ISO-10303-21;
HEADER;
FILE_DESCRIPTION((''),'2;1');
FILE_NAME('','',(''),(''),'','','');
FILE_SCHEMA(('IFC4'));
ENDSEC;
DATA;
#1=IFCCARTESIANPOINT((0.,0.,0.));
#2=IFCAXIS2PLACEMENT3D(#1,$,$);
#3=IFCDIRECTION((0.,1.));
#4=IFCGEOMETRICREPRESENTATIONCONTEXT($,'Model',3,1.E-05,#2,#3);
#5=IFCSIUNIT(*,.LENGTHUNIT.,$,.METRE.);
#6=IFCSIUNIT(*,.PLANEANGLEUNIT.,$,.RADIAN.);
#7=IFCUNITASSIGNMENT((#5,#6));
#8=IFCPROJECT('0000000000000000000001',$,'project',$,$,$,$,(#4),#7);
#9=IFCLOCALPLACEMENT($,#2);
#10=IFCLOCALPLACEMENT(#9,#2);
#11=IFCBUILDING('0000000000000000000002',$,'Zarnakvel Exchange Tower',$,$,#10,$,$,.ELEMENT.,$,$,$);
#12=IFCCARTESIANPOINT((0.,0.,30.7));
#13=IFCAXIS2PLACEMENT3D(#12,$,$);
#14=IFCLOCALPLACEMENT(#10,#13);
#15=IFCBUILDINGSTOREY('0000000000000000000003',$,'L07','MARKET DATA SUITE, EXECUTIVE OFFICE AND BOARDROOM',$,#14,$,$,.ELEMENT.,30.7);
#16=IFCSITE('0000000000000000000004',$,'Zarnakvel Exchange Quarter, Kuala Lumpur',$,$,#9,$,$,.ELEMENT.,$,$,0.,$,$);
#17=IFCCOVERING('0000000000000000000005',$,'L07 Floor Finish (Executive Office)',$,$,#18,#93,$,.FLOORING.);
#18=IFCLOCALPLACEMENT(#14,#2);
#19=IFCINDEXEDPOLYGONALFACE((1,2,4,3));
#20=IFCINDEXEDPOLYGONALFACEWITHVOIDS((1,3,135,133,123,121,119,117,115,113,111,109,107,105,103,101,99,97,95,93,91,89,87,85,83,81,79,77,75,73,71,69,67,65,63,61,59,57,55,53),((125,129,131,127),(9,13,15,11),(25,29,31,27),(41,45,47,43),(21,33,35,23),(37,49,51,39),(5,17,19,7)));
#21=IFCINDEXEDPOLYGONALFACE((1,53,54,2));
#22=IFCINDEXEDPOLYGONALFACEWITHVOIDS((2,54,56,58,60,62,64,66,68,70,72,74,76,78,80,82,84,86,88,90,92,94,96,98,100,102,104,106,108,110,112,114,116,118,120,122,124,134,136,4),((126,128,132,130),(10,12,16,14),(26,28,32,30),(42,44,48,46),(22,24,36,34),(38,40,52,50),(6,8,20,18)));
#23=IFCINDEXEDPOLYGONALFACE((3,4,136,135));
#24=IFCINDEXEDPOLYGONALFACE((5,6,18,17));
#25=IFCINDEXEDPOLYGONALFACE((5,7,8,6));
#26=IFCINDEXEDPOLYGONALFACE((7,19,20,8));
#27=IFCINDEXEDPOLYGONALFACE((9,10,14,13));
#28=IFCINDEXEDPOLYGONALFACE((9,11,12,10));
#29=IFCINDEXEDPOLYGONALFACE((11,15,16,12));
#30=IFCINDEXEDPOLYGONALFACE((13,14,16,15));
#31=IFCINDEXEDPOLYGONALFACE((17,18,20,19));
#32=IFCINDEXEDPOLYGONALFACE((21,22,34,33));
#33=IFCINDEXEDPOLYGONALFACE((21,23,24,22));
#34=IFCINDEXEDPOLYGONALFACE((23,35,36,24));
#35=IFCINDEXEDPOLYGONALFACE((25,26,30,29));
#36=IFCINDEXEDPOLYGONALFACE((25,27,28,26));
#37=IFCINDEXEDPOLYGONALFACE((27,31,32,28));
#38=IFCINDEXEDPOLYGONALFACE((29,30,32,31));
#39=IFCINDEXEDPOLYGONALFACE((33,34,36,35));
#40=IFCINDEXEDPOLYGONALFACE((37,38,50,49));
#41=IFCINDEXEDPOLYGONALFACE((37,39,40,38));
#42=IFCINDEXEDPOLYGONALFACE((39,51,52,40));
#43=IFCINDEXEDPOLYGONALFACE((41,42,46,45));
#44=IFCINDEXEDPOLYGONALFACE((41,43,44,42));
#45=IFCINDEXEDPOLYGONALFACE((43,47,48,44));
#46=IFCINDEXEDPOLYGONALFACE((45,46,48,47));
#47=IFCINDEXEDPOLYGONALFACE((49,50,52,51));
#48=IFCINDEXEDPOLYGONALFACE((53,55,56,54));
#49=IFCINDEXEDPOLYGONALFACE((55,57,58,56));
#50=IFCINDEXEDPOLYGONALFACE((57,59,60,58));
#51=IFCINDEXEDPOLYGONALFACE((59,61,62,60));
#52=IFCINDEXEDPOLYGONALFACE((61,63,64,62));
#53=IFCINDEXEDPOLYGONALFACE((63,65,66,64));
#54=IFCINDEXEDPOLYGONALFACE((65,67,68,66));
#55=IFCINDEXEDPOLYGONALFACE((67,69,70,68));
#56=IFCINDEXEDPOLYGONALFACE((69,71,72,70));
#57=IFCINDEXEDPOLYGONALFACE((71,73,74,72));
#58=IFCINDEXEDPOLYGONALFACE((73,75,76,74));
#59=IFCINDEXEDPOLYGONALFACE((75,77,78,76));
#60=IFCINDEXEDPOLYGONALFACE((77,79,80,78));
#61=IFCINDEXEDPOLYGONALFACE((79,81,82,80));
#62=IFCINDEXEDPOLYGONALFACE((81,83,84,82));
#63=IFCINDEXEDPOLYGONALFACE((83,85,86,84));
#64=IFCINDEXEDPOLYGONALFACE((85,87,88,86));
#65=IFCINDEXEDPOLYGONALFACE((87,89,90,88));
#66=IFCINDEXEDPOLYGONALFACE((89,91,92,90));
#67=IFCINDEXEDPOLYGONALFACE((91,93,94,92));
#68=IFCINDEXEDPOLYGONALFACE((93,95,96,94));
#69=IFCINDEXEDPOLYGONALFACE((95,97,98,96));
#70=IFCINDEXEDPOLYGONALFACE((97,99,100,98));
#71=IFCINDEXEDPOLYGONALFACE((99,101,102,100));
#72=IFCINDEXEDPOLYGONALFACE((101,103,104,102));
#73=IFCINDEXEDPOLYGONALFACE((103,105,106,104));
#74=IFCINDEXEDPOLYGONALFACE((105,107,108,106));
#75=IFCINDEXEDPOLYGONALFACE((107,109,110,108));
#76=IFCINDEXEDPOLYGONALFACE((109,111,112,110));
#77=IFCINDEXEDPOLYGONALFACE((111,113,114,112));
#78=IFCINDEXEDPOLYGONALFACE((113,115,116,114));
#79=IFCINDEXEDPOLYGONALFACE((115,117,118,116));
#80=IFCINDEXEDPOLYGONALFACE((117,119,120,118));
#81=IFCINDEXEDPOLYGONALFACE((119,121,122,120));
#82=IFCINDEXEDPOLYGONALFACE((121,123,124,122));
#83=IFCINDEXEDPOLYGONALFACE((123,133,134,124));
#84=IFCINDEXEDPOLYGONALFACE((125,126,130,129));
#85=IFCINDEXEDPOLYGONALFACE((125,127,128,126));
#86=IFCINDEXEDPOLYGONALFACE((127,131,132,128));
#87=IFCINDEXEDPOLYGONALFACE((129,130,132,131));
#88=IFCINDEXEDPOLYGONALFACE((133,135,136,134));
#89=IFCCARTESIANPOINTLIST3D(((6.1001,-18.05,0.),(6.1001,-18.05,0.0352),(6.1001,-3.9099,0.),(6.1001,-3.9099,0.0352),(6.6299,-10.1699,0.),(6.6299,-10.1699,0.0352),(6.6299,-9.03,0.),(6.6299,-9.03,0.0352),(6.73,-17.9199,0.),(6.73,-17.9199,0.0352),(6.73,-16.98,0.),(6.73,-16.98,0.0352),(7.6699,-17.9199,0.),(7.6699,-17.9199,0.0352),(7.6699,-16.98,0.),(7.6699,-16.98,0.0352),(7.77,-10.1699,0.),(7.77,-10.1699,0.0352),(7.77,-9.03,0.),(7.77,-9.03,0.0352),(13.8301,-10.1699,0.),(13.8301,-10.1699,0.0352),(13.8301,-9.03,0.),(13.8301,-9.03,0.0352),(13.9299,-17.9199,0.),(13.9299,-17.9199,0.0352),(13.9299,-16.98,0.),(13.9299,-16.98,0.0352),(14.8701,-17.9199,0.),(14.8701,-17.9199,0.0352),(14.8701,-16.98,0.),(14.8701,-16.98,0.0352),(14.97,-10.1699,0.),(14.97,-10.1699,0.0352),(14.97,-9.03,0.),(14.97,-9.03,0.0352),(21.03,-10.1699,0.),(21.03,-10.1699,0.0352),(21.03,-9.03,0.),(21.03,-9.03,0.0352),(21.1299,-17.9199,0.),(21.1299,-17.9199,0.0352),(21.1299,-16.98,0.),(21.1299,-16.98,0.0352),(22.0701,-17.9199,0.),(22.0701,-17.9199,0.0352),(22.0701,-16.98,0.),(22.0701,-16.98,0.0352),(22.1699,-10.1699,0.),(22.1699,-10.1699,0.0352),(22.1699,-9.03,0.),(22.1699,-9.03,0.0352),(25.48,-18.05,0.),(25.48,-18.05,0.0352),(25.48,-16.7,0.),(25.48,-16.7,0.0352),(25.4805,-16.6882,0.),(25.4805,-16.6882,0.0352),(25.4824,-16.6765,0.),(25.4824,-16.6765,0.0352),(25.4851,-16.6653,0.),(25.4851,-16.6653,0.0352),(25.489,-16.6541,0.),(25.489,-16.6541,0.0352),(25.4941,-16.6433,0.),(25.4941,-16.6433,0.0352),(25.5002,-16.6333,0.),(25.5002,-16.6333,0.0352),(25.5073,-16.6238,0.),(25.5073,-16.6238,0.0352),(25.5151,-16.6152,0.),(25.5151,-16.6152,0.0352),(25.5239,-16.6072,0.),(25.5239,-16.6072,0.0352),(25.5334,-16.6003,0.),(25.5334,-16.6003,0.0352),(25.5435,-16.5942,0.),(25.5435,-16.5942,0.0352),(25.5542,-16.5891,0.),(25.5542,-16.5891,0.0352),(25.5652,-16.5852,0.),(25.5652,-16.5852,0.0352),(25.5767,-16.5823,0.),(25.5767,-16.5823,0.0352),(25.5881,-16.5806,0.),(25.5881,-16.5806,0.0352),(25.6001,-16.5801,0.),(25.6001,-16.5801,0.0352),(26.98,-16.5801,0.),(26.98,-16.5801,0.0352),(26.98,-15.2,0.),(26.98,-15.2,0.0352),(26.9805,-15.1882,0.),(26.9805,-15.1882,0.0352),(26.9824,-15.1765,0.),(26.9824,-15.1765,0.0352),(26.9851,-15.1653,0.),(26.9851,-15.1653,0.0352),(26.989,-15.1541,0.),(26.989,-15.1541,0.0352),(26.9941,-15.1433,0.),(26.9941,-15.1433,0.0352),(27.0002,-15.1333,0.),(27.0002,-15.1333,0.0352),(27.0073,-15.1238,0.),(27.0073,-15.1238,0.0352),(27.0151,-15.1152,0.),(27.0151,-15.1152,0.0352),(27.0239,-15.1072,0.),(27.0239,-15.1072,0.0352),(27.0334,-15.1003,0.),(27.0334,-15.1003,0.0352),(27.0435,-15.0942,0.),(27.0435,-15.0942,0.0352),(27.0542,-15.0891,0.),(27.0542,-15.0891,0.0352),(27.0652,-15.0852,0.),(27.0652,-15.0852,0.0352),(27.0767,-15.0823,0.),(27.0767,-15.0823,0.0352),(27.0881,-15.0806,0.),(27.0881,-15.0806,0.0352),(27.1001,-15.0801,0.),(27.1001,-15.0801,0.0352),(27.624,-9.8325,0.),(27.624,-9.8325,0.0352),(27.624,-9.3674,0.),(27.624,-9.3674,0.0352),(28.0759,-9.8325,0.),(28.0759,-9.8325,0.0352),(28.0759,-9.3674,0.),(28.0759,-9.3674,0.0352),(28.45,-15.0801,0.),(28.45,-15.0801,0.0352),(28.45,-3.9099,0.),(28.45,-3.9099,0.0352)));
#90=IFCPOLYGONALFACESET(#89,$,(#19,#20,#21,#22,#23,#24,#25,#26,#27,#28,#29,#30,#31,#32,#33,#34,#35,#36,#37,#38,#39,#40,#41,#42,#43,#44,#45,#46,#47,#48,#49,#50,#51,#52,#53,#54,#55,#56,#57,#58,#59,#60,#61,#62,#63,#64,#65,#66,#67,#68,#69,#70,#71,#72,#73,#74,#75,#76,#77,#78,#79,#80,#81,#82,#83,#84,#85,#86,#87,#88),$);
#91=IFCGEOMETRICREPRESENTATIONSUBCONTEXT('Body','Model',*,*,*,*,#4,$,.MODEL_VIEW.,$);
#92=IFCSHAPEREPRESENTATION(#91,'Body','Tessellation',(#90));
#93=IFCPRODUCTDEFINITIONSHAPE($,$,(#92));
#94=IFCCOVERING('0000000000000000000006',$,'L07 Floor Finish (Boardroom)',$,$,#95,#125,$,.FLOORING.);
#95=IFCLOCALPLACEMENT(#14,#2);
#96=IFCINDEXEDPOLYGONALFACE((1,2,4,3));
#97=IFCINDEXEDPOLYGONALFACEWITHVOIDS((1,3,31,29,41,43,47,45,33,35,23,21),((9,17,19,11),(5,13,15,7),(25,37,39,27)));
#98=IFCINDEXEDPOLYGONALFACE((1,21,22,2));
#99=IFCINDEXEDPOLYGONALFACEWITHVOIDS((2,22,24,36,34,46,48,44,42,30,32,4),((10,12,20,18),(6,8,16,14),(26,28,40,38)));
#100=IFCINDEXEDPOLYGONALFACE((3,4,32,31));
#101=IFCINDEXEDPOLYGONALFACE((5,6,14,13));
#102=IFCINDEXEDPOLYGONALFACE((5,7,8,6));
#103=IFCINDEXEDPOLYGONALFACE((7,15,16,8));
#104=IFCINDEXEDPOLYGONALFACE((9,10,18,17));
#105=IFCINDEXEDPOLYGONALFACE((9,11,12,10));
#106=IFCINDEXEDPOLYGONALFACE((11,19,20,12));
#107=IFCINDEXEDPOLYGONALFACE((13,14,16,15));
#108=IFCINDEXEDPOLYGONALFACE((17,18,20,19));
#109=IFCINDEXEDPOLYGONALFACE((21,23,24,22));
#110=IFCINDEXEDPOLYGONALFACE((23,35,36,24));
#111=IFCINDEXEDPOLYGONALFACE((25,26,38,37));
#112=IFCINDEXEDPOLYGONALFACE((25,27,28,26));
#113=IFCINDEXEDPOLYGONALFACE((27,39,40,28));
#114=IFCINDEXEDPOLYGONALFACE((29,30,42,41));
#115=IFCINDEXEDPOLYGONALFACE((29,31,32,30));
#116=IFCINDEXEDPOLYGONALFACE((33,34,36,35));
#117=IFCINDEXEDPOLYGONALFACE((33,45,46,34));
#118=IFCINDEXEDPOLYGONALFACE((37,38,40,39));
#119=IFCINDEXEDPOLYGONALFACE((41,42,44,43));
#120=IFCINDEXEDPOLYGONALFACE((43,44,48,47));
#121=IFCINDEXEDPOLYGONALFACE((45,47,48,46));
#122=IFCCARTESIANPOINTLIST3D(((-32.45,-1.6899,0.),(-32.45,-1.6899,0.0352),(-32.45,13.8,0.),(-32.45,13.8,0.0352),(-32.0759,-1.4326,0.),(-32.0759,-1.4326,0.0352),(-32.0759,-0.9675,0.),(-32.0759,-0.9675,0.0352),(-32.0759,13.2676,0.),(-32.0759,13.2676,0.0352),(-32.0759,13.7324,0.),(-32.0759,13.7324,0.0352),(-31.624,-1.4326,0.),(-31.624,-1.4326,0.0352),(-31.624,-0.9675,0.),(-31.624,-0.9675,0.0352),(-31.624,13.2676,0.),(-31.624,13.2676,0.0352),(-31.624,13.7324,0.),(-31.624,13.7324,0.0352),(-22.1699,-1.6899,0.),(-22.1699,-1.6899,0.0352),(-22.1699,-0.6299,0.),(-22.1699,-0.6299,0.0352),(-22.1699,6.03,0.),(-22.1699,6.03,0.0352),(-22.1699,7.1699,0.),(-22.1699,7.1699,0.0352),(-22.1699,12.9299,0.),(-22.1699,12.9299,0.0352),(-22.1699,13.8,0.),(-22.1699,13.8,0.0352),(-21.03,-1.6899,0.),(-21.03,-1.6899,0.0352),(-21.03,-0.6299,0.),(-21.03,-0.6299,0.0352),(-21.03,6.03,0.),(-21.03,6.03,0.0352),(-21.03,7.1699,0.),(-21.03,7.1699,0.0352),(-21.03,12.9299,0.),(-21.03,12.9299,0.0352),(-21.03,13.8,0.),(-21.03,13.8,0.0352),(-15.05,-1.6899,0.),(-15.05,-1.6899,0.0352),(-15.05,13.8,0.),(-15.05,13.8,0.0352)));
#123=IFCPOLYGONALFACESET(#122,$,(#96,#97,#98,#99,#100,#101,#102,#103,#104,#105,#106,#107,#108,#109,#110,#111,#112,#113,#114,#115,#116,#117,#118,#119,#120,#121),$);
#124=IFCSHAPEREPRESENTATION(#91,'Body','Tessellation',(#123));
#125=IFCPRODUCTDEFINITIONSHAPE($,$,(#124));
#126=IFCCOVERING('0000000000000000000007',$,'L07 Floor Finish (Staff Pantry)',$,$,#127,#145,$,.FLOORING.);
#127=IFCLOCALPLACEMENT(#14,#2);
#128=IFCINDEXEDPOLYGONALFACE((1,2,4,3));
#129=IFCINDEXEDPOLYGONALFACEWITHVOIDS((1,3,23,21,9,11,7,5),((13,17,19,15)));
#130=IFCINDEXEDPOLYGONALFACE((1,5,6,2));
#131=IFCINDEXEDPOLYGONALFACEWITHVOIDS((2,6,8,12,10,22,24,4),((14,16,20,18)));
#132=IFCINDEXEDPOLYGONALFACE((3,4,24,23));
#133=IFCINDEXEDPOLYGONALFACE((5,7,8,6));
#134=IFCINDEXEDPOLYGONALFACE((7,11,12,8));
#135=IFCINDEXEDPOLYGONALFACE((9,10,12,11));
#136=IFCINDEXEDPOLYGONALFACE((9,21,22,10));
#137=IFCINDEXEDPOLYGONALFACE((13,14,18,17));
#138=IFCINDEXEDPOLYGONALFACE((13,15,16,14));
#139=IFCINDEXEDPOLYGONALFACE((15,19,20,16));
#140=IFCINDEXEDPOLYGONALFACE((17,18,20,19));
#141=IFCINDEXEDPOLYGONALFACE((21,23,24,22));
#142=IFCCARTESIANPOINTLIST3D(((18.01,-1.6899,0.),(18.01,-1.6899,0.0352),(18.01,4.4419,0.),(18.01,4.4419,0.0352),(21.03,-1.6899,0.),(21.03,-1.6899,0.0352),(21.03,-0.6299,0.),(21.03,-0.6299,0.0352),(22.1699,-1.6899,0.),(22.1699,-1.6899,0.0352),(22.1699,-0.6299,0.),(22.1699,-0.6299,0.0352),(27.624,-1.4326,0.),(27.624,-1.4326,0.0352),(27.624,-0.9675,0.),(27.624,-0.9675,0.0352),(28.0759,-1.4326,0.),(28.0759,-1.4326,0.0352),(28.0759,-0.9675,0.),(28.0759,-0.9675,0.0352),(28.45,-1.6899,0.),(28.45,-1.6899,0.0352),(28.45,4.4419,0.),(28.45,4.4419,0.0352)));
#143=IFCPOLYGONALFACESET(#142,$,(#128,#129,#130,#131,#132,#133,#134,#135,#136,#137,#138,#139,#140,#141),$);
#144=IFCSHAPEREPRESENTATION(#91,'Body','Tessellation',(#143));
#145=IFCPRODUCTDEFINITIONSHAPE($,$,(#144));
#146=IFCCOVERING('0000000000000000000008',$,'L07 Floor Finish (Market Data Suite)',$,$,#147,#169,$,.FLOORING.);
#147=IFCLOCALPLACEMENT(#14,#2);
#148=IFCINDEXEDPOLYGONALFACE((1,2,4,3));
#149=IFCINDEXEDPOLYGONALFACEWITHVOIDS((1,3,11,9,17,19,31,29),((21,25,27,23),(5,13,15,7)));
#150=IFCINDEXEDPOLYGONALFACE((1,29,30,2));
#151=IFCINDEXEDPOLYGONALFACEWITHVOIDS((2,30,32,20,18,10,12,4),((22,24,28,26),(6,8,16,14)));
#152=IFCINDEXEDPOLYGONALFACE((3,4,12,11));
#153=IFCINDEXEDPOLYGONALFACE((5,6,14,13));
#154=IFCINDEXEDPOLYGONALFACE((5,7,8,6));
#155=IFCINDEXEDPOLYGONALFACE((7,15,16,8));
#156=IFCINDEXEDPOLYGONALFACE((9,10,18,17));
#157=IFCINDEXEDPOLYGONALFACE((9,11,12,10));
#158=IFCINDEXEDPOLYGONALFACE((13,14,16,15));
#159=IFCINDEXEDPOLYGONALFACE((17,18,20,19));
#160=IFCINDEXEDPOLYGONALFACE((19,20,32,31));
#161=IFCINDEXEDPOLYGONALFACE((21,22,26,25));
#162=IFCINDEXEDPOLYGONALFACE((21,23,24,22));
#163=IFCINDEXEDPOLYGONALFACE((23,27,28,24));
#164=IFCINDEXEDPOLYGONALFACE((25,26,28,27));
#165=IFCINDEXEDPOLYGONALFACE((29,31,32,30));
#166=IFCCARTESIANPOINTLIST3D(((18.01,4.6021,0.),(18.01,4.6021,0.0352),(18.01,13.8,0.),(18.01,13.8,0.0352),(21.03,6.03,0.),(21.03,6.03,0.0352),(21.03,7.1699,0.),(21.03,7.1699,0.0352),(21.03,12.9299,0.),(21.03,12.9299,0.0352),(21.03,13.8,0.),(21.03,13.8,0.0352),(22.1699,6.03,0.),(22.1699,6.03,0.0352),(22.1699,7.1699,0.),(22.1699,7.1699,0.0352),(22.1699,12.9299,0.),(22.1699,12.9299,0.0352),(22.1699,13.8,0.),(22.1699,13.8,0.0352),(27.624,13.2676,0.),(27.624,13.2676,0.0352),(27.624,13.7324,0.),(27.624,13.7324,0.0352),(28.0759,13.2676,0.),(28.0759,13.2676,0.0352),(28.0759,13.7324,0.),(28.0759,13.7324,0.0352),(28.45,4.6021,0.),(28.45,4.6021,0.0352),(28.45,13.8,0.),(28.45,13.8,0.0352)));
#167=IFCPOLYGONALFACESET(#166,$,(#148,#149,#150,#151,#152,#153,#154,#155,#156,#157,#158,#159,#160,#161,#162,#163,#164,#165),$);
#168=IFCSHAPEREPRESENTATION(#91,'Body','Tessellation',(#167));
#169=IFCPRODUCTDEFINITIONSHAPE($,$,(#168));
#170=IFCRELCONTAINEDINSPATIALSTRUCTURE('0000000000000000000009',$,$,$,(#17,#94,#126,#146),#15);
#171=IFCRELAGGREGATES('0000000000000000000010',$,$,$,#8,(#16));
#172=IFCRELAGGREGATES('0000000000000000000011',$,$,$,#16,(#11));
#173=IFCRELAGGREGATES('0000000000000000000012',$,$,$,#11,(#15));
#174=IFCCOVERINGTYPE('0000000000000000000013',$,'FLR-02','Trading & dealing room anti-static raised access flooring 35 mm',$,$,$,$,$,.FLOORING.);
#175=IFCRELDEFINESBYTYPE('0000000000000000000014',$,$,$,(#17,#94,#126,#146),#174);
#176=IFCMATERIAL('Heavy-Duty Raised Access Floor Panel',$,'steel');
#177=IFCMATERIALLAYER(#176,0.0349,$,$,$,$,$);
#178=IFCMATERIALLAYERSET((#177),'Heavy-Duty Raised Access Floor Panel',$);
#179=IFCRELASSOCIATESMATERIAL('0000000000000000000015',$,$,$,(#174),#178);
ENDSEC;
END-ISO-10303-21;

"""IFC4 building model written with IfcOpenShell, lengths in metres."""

from ifc_helpers import new_model, si_unit, direction, frame, origin, place, context, subcontext, project, spatial, polyline, outline, extrude, material, layer, layer_set, type_object, element, save


model = new_model("IFC4")

# Units and contexts
model_context = context("Model", 3, precision=1e-05, world=origin(), true_north=direction((0.0, 1.0)))
body_context = subcontext(model_context, "Body", "Model", "MODEL_VIEW")
ifc_project = project(units=[si_unit("LENGTHUNIT", "METRE"), si_unit("PLANEANGLEUNIT", "RADIAN")], contexts=[model_context])

# Site, building, storey
site_placement = place(None, origin())
site = spatial("IfcSite", under=ifc_project, at=site_placement, Name="Zarnakvel Exchange Quarter, Kuala Lumpur", CompositionType="ELEMENT", RefElevation=0.0)
building_placement = place(site_placement, origin())
building = spatial("IfcBuilding", under=site, at=building_placement, Name="Zarnakvel Exchange Tower", CompositionType="ELEMENT")
storey_placement = place(building_placement, frame((0.0, 0.0, 30.7)))
storey = spatial("IfcBuildingStorey", under=building, at=storey_placement, Name="L07", Description="MARKET DATA SUITE, EXECUTIVE OFFICE AND BOARDROOM", CompositionType="ELEMENT", Elevation=30.7)

# Coverings
ifc_material_1 = material(Name="Heavy-Duty Raised Access Floor Panel", Category="steel")
ifc_layer_1 = layer(ifc_material_1, 0.0349)
ifc_layer_set_1 = layer_set([ifc_layer_1], Name="Heavy-Duty Raised Access Floor Panel")
covering_type_1 = type_object("IfcCoveringType", Name="FLR-02", Description="Trading & dealing room anti-static raised access flooring 35 mm", PredefinedType="FLOORING", material=ifc_layer_set_1)
covering_1_placement = place(storey_placement, origin())
element("IfcCovering", 1, at=covering_1_placement, inside=storey, type_object=covering_type_1, Name="L07 Floor Finish (Executive Office)", PredefinedType="FLOORING", context=body_context, shape_type="SweptSolid", body=[
    extrude(outline(polyline([(6.1001, -3.9099), (28.45, -3.9099), (28.45, -15.0801), (27.1001, -15.0801), (27.0881, -15.0806), (27.0767, -15.0823), (27.0652, -15.0852), (27.0542, -15.0891), (27.0435, -15.0942), (27.0334, -15.1003), (27.0239, -15.1072), (27.0151, -15.1152), (27.0073, -15.1238), (27.0002, -15.1333), (26.9941, -15.1433), (26.989, -15.1541), (26.9851, -15.1653), (26.9824, -15.1765), (26.9805, -15.1882), (26.98, -15.2), (26.98, -16.5801), (25.6001, -16.5801), (25.5881, -16.5806), (25.5767, -16.5823), (25.5652, -16.5852), (25.5542, -16.5891), (25.5435, -16.5942), (25.5334, -16.6003), (25.5239, -16.6072), (25.5151, -16.6152), (25.5073, -16.6238), (25.5002, -16.6333), (25.4941, -16.6433), (25.489, -16.6541), (25.4851, -16.6653), (25.4824, -16.6765), (25.4805, -16.6882), (25.48, -16.7), (25.48, -18.05), (6.1001, -18.05), (6.1001, -3.9099)]), holes=[polyline([(28.0759, -9.8325), (28.0759, -9.3674), (27.624, -9.3674), (27.624, -9.8325), (28.0759, -9.8325)]), polyline([(22.1699, -10.1699), (22.1699, -9.03), (21.03, -9.03), (21.03, -10.1699), (22.1699, -10.1699)]), polyline([(22.0701, -17.9199), (22.0701, -16.98), (21.1299, -16.98), (21.1299, -17.9199), (22.0701, -17.9199)]), polyline([(13.8301, -10.1699), (14.97, -10.1699), (14.97, -9.03), (13.8301, -9.03), (13.8301, -10.1699)]), polyline([(14.8701, -17.9199), (14.8701, -16.98), (13.9299, -16.98), (13.9299, -17.9199), (14.8701, -17.9199)]), polyline([(6.6299, -10.1699), (7.77, -10.1699), (7.77, -9.03), (6.6299, -9.03), (6.6299, -10.1699)]), polyline([(7.6699, -17.9199), (7.6699, -16.98), (6.73, -16.98), (6.73, -17.9199), (7.6699, -17.9199)])]), origin(), (0.0, 0.0, 1.0), 0.0352),
])
covering_2_placement = place(storey_placement, origin())
element("IfcCovering", 2, at=covering_2_placement, inside=storey, type_object=covering_type_1, Name="L07 Floor Finish (Boardroom)", PredefinedType="FLOORING", context=body_context, shape_type="SweptSolid", body=[
    extrude(outline(polyline([(-32.45, 13.8), (-22.1699, 13.8), (-22.1699, 12.9299), (-21.03, 12.9299), (-21.03, 13.8), (-15.05, 13.8), (-15.05, -1.6899), (-21.03, -1.6899), (-21.03, -0.6299), (-22.1699, -0.6299), (-22.1699, -1.6899), (-32.45, -1.6899), (-32.45, 13.8)]), holes=[polyline([(-21.03, 6.03), (-21.03, 7.1699), (-22.1699, 7.1699), (-22.1699, 6.03), (-21.03, 6.03)]), polyline([(-31.624, 13.2676), (-31.624, 13.7324), (-32.0759, 13.7324), (-32.0759, 13.2676), (-31.624, 13.2676)]), polyline([(-31.624, -1.4326), (-31.624, -0.9675), (-32.0759, -0.9675), (-32.0759, -1.4326), (-31.624, -1.4326)])]), origin(), (0.0, 0.0, 1.0), 0.0352),
])
covering_3_placement = place(storey_placement, origin())
element("IfcCovering", 3, at=covering_3_placement, inside=storey, type_object=covering_type_1, Name="L07 Floor Finish (Staff Pantry)", PredefinedType="FLOORING", context=body_context, shape_type="SweptSolid", body=[
    extrude(outline(polyline([(18.01, 4.4419), (28.45, 4.4419), (28.45, -1.6899), (22.1699, -1.6899), (22.1699, -0.6299), (21.03, -0.6299), (21.03, -1.6899), (18.01, -1.6899), (18.01, 4.4419)]), holes=[polyline([(27.624, -1.4326), (28.0759, -1.4326), (28.0759, -0.9675), (27.624, -0.9675), (27.624, -1.4326)])]), origin(), (0.0, 0.0, 1.0), 0.0352),
])
covering_4_placement = place(storey_placement, origin())
element("IfcCovering", 4, at=covering_4_placement, inside=storey, type_object=covering_type_1, Name="L07 Floor Finish (Market Data Suite)", PredefinedType="FLOORING", context=body_context, shape_type="SweptSolid", body=[
    extrude(outline(polyline([(18.01, 13.8), (21.03, 13.8), (21.03, 12.9299), (22.1699, 12.9299), (22.1699, 13.8), (28.45, 13.8), (28.45, 4.6021), (18.01, 4.6021), (18.01, 13.8)]), holes=[polyline([(27.624, 13.2676), (28.0759, 13.2676), (28.0759, 13.7324), (27.624, 13.7324), (27.624, 13.2676)]), polyline([(22.1699, 6.03), (22.1699, 7.1699), (21.03, 7.1699), (21.03, 6.03), (22.1699, 6.03)])]), origin(), (0.0, 0.0, 1.0), 0.0352),
])

save(model, "model.ifc")
